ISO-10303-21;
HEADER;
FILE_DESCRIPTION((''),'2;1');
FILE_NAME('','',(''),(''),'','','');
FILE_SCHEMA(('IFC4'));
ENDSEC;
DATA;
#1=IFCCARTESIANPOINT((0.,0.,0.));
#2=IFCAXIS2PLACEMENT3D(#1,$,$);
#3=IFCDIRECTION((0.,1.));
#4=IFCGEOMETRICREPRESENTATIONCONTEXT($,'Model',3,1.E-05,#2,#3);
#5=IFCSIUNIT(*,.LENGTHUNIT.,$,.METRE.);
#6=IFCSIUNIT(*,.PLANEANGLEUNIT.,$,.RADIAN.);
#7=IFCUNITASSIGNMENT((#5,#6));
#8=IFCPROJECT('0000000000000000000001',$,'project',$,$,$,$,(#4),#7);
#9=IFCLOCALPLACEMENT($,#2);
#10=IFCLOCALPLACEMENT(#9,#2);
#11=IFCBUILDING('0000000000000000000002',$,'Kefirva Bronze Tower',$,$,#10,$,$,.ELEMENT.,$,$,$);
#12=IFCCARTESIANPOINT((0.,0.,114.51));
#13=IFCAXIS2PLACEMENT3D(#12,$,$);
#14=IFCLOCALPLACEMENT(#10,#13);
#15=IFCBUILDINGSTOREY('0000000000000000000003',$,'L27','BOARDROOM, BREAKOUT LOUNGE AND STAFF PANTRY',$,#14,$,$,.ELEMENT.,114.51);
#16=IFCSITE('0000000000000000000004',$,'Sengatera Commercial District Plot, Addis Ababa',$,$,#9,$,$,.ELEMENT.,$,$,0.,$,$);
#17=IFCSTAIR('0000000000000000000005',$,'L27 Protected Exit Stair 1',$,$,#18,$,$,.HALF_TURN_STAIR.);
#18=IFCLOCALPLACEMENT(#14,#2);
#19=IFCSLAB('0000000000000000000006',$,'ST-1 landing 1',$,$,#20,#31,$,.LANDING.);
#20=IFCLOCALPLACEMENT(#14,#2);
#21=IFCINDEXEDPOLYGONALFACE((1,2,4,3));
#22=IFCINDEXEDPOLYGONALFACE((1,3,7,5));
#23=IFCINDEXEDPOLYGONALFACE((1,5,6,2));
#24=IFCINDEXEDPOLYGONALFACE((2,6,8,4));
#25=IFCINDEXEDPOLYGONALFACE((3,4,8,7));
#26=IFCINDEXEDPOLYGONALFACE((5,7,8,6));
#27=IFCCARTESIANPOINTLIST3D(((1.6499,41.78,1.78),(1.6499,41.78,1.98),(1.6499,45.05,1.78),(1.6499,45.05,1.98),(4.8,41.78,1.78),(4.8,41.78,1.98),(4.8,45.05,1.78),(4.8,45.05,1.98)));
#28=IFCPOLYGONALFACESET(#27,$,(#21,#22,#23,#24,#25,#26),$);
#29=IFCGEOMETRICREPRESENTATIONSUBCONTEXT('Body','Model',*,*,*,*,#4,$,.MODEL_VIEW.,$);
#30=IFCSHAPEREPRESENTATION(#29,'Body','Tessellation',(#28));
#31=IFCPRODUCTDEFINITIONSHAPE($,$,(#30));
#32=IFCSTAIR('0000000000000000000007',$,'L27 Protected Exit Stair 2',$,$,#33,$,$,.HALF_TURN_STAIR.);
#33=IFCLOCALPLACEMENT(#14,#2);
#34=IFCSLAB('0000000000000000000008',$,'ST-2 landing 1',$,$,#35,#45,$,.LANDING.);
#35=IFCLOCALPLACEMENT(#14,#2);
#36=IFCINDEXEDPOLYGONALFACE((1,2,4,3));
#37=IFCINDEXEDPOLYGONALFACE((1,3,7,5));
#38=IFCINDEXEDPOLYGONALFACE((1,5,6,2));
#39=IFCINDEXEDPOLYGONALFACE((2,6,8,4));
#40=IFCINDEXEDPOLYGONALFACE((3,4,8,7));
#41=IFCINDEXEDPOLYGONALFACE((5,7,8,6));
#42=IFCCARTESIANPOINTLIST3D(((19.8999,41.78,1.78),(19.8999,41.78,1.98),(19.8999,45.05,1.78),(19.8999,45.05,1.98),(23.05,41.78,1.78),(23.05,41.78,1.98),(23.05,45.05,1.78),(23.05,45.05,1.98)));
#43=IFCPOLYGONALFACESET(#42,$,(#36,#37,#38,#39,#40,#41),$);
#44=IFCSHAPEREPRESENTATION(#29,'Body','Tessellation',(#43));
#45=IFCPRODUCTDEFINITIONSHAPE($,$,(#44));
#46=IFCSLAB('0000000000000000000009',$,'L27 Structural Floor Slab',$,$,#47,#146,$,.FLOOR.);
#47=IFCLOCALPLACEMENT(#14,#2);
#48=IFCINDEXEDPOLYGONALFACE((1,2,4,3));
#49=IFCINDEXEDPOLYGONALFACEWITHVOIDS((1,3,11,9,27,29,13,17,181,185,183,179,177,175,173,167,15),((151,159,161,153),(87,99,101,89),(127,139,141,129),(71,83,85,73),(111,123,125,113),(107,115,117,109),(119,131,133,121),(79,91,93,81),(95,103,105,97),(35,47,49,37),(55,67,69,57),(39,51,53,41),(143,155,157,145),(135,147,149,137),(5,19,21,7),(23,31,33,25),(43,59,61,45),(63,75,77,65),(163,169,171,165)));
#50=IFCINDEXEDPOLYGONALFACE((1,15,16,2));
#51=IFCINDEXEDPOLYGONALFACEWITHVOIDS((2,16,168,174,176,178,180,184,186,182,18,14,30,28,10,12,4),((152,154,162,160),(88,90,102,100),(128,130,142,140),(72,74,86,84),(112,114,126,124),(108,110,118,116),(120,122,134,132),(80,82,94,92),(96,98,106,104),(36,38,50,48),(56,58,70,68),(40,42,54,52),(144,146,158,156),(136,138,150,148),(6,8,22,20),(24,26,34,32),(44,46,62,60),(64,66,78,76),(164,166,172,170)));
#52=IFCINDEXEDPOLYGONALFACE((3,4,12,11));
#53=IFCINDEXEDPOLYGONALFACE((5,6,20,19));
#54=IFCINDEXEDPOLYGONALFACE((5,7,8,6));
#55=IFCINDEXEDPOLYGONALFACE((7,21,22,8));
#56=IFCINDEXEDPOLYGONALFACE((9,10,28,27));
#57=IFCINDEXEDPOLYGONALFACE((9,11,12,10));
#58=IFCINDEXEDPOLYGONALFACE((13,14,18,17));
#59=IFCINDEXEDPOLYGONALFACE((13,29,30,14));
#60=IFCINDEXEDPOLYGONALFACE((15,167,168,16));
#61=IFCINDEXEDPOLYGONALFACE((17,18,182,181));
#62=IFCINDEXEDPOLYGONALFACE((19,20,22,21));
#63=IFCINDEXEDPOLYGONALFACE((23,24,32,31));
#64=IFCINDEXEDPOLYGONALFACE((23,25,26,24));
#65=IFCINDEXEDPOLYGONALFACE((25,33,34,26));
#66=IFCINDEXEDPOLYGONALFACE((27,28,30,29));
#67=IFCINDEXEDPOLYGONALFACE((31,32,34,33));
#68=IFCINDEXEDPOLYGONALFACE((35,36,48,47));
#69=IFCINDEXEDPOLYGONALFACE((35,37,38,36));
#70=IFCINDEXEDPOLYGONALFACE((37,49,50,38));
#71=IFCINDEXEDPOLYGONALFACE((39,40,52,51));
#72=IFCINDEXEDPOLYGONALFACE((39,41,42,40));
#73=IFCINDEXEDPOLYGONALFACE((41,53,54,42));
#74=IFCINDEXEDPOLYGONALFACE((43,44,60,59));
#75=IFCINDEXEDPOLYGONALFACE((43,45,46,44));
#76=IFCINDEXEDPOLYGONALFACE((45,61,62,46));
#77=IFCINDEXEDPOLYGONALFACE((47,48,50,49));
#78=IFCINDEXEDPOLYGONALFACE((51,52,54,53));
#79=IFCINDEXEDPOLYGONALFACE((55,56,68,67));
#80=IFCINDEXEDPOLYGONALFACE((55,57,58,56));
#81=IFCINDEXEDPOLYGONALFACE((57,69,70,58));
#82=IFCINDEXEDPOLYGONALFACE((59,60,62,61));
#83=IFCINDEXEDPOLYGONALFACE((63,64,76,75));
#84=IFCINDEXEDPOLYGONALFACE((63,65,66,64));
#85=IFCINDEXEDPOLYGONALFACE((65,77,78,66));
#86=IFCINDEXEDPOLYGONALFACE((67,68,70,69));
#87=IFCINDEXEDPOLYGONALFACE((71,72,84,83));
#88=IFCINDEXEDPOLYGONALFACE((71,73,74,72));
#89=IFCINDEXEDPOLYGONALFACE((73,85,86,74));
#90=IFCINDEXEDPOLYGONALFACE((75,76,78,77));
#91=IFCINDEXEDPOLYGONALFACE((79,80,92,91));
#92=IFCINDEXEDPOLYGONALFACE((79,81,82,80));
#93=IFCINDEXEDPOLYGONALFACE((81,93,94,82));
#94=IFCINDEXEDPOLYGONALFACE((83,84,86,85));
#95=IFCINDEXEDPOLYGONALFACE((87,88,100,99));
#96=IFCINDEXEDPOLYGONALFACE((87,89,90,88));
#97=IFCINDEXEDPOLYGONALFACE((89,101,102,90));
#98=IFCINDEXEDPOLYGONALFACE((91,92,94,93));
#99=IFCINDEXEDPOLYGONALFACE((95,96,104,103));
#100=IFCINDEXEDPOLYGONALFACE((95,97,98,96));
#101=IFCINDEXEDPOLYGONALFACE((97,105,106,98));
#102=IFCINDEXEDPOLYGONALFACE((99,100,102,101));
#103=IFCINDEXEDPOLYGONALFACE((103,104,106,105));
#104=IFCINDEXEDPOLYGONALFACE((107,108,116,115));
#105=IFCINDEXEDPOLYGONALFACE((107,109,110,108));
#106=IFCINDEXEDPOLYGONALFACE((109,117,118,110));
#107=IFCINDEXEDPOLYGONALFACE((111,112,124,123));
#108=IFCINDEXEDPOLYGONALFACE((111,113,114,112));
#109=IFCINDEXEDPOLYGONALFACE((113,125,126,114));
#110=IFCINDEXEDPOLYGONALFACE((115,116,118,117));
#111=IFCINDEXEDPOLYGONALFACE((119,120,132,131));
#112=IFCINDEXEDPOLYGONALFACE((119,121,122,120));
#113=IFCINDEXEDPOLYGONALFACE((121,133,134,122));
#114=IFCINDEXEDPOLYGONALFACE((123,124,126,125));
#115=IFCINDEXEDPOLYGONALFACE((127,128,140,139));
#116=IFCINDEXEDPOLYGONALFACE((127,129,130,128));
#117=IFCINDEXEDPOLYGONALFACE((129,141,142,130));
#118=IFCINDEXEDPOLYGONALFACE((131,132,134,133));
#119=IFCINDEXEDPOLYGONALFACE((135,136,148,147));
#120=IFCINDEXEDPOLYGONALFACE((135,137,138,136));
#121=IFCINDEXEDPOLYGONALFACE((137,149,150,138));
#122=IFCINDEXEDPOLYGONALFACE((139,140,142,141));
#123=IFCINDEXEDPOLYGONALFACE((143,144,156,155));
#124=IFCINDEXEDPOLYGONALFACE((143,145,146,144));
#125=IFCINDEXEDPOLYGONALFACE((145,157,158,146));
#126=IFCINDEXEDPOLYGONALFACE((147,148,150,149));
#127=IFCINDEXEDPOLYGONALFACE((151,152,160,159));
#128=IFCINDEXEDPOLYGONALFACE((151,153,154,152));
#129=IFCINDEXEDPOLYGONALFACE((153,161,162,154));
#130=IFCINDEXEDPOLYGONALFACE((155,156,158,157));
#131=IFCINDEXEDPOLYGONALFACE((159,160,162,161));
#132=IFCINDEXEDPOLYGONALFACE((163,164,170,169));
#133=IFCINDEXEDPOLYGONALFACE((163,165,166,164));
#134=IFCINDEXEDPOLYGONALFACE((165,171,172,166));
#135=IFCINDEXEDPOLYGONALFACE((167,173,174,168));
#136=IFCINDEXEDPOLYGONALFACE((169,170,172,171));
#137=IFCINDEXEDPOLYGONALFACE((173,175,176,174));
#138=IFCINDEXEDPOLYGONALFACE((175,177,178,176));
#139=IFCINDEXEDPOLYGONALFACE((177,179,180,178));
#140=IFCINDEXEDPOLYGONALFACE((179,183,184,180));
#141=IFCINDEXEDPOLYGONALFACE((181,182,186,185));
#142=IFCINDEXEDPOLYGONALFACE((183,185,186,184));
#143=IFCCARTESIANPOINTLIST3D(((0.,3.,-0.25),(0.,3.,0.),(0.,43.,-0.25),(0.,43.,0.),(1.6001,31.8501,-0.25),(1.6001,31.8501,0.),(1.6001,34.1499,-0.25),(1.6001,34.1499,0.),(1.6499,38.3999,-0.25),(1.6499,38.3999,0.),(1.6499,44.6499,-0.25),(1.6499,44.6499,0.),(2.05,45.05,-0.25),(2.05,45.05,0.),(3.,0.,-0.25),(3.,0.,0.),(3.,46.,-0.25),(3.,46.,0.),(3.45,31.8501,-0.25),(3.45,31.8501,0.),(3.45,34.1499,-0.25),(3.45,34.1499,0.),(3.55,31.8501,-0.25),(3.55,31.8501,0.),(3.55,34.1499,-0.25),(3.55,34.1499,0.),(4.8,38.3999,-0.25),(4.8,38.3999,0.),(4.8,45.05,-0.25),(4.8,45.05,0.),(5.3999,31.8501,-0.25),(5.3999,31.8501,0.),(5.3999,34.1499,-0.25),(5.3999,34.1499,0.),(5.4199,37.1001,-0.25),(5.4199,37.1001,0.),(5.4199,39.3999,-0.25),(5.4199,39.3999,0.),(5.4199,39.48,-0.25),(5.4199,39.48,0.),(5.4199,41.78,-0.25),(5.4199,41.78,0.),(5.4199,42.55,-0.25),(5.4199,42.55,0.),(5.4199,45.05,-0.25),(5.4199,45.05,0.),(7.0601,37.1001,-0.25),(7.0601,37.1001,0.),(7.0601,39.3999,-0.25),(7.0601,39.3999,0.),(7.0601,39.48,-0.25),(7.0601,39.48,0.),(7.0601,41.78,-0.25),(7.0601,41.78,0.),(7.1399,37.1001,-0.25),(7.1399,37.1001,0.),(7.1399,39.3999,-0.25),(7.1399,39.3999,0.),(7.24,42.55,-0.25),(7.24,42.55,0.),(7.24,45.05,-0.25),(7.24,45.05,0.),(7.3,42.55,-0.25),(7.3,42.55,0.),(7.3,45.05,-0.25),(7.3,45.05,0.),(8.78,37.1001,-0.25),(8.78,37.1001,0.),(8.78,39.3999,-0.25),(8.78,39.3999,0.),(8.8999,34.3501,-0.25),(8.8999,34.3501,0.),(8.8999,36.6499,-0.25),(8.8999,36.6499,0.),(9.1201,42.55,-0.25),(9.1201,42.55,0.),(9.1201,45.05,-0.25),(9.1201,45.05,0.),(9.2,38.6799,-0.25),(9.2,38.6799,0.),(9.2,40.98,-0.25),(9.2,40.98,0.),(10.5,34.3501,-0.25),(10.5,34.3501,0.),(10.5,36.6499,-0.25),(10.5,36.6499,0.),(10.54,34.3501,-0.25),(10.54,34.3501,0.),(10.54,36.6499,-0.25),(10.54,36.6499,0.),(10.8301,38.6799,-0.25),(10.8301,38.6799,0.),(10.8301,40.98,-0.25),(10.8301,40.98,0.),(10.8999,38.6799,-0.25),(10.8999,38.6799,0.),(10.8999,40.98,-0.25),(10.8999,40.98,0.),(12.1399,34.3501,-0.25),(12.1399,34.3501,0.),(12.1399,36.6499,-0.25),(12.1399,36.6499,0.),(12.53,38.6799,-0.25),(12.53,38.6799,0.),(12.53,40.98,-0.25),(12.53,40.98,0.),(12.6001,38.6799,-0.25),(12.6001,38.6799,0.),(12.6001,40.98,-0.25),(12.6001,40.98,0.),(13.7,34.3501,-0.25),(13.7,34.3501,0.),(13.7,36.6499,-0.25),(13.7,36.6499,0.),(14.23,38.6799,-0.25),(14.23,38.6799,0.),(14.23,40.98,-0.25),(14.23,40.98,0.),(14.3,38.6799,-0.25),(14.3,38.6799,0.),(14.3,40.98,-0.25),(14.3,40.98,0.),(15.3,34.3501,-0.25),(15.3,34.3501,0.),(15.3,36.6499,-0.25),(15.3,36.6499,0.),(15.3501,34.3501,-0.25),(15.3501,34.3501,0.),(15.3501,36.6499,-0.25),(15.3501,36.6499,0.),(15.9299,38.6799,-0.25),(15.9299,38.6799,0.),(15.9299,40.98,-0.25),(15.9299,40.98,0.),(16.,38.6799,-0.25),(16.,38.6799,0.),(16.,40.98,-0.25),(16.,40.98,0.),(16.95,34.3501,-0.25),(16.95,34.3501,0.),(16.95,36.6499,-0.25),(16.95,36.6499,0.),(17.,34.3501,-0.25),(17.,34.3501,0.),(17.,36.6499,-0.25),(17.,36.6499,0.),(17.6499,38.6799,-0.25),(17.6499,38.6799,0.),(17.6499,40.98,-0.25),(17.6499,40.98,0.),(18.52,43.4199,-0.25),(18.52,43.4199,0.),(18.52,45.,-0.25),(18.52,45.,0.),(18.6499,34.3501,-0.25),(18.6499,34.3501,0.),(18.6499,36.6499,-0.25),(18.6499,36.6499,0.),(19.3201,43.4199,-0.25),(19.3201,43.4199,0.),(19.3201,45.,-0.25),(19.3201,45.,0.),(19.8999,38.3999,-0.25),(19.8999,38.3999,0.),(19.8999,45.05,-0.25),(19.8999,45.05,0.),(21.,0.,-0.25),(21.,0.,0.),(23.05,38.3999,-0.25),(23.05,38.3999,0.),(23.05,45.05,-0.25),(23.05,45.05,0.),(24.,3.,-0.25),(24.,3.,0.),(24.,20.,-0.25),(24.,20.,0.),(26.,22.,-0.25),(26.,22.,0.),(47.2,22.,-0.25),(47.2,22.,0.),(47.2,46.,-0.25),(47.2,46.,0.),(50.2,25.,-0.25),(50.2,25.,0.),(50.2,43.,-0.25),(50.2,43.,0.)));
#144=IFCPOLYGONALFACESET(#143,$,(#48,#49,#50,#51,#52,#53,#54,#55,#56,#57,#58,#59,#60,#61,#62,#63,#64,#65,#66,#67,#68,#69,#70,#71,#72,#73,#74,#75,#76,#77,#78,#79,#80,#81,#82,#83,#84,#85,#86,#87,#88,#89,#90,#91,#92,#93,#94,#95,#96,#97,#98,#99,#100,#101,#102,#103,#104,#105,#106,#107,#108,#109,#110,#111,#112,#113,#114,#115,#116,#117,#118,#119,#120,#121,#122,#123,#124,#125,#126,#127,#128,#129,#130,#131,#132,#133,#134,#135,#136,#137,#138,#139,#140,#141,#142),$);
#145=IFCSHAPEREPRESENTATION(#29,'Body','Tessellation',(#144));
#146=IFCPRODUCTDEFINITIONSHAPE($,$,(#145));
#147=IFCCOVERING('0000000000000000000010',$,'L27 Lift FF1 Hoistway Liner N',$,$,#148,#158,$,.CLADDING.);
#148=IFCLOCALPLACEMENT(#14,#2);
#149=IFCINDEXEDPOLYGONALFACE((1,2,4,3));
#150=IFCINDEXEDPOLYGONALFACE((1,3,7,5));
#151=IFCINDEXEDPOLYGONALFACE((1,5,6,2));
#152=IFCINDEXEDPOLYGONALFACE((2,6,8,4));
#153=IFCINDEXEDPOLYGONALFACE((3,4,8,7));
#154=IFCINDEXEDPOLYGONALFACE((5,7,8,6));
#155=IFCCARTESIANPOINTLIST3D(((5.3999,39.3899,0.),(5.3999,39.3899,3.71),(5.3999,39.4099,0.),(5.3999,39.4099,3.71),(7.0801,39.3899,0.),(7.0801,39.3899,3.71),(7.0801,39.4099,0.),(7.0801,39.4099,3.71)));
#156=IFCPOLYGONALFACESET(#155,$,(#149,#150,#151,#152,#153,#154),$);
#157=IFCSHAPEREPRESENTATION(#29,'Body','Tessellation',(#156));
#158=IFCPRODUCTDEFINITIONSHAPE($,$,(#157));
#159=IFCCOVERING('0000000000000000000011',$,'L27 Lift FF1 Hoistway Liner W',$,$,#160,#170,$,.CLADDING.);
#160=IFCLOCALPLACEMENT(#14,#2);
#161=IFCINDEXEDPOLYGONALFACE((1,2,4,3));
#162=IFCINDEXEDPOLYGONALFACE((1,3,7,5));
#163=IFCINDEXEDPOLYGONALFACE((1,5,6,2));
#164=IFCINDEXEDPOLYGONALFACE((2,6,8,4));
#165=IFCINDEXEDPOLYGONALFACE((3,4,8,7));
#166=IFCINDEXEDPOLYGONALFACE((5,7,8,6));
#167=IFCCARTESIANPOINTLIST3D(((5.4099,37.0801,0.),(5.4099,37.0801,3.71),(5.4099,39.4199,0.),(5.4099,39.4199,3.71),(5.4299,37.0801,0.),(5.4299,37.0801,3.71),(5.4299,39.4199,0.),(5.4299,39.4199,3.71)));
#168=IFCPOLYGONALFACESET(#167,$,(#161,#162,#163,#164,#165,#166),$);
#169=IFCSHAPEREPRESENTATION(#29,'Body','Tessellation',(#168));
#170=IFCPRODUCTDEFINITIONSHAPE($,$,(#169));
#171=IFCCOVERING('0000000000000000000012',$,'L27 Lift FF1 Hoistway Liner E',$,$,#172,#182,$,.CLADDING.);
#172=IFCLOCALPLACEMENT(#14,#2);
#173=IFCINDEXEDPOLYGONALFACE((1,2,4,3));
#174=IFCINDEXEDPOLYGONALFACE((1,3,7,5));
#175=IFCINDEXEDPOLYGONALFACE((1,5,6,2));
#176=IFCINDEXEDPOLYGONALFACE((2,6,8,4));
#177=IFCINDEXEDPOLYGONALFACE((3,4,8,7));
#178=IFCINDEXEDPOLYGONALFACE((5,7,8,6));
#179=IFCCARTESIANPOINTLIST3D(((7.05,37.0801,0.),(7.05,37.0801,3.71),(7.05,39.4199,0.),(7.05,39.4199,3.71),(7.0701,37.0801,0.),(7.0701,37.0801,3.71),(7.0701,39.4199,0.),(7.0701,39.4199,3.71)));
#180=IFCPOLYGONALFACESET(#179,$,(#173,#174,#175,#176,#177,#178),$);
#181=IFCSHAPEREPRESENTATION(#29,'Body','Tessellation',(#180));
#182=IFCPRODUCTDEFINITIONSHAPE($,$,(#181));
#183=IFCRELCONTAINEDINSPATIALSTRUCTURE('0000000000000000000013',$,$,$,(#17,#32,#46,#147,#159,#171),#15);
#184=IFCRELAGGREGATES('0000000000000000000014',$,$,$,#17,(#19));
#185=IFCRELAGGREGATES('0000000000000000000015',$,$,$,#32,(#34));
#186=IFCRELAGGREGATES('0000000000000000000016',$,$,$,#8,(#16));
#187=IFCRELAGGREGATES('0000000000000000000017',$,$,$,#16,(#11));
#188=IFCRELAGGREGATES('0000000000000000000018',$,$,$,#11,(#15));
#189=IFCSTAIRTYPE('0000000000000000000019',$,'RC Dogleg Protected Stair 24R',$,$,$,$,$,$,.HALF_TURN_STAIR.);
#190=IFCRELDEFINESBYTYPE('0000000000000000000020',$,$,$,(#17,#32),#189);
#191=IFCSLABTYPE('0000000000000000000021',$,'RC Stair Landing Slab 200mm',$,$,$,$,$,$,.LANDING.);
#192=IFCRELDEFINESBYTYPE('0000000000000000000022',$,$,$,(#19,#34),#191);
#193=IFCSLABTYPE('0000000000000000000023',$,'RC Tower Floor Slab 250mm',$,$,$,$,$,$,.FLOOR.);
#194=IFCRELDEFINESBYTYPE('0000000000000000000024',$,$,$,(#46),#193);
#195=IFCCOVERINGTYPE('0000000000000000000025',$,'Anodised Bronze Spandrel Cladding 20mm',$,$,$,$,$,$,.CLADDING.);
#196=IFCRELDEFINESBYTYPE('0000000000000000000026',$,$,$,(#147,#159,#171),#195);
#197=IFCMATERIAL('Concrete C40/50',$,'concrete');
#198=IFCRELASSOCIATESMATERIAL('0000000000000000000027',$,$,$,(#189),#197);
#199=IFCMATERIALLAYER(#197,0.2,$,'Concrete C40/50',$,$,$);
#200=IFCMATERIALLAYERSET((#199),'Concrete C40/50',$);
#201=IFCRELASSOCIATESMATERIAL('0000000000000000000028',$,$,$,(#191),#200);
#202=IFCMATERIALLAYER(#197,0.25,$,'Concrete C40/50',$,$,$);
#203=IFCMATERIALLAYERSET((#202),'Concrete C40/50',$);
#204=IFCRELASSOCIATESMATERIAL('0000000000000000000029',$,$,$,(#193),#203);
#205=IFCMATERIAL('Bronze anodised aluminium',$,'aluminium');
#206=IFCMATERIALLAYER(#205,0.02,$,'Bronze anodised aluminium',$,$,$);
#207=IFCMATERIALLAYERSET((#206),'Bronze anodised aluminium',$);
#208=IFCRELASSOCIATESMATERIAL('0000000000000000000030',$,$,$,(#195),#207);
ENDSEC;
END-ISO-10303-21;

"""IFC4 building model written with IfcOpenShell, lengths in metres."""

from ifc_helpers import new_model, si_unit, direction, frame, origin, place, context, subcontext, project, spatial, polyline, outline, extrude, material, layer, layer_set, type_object, element, aggregate, save


model = new_model("IFC4")

# Units and contexts
model_context = context("Model", 3, precision=1e-05, world=origin(), true_north=direction((0.0, 1.0)))
body_context = subcontext(model_context, "Body", "Model", "MODEL_VIEW")
ifc_project = project(units=[si_unit("LENGTHUNIT", "METRE"), si_unit("PLANEANGLEUNIT", "RADIAN")], contexts=[model_context])

# Site, building, storey
site_placement = place(None, origin())
site = spatial("IfcSite", under=ifc_project, at=site_placement, Name="Sengatera Commercial District Plot, Addis Ababa", CompositionType="ELEMENT", RefElevation=0.0)
building_placement = place(site_placement, origin())
building = spatial("IfcBuilding", under=site, at=building_placement, Name="Kefirva Bronze Tower", CompositionType="ELEMENT")
storey_placement = place(building_placement, frame((0.0, 0.0, 114.51)))
storey = spatial("IfcBuildingStorey", under=building, at=storey_placement, Name="L27", Description="BOARDROOM, BREAKOUT LOUNGE AND STAFF PANTRY", CompositionType="ELEMENT", Elevation=114.51)

# Stairs, slabs
ifc_material_1 = material(Name="Concrete C40/50", Category="concrete")
stair_type = type_object("IfcStairType", Name="RC Dogleg Protected Stair 24R", PredefinedType="HALF_TURN_STAIR", material=ifc_material_1)
stair_1_placement = place(storey_placement, origin())
stair_1 = element("IfcStair", 1, at=stair_1_placement, inside=storey, type_object=stair_type, Name="L27 Protected Exit Stair 1", PredefinedType="HALF_TURN_STAIR")
ifc_layer_1 = layer(ifc_material_1, 0.2, Name="Concrete C40/50")
ifc_layer_set_1 = layer_set([ifc_layer_1], Name="Concrete C40/50")
slab_type_1 = type_object("IfcSlabType", Name="RC Stair Landing Slab 200mm", PredefinedType="LANDING", material=ifc_layer_set_1)
slab_1_placement = place(storey_placement, frame((0.0, 0.0, 1.78)))
slab_1 = element("IfcSlab", 2, at=slab_1_placement, type_object=slab_type_1, Name="ST-1 landing 1", PredefinedType="LANDING", context=body_context, shape_type="SweptSolid", body=[
    extrude(outline(polyline([(4.8, 41.78), (4.8, 45.05), (1.6499, 45.05), (1.6499, 41.78), (4.8, 41.78)])), origin(), (0.0, 0.0, 1.0), 0.2),
])
aggregate(stair_1, [slab_1])
stair_2_placement = place(storey_placement, origin())
stair_2 = element("IfcStair", 3, at=stair_2_placement, inside=storey, type_object=stair_type, Name="L27 Protected Exit Stair 2", PredefinedType="HALF_TURN_STAIR")
slab_2_placement = place(storey_placement, frame((0.0, 0.0, 1.78)))
slab_2 = element("IfcSlab", 4, at=slab_2_placement, type_object=slab_type_1, Name="ST-2 landing 1", PredefinedType="LANDING", context=body_context, shape_type="SweptSolid", body=[
    extrude(outline(polyline([(23.05, 41.78), (23.05, 45.05), (19.8999, 45.05), (19.8999, 41.78), (23.05, 41.78)])), origin(), (0.0, 0.0, 1.0), 0.2),
])
aggregate(stair_2, [slab_2])

# Slab
ifc_layer_2 = layer(ifc_material_1, 0.25, Name="Concrete C40/50")
ifc_layer_set_2 = layer_set([ifc_layer_2], Name="Concrete C40/50")
slab_type_2 = type_object("IfcSlabType", Name="RC Tower Floor Slab 250mm", PredefinedType="FLOOR", material=ifc_layer_set_2)
slab_3_placement = place(storey_placement, frame((0.0, 0.0, -0.25)))
element("IfcSlab", 5, at=slab_3_placement, inside=storey, type_object=slab_type_2, Name="L27 Structural Floor Slab", PredefinedType="FLOOR", context=body_context, shape_type="SweptSolid", body=[
    extrude(outline(polyline([(0.0, 3.0), (0.0, 43.0), (1.6499, 44.6499), (1.6499, 38.3999), (4.8, 38.3999), (4.8, 45.05), (2.05, 45.05), (3.0, 46.0), (47.2, 46.0), (50.2, 43.0), (50.2, 25.0), (47.2, 22.0), (26.0, 22.0), (24.0, 20.0), (24.0, 3.0), (21.0, 0.0), (3.0, 0.0), (0.0, 3.0)]), holes=[polyline([(19.8999, 38.3999), (23.05, 38.3999), (23.05, 45.05), (19.8999, 45.05), (19.8999, 38.3999)]), polyline([(18.52, 43.4199), (19.3201, 43.4199), (19.3201, 45.0), (18.52, 45.0), (18.52, 43.4199)]), polyline([(17.0, 34.3501), (18.6499, 34.3501), (18.6499, 36.6499), (17.0, 36.6499), (17.0, 34.3501)]), polyline([(17.6499, 38.6799), (17.6499, 40.98), (16.0, 40.98), (16.0, 38.6799), (17.6499, 38.6799)]), polyline([(16.95, 34.3501), (16.95, 36.6499), (15.3501, 36.6499), (15.3501, 34.3501), (16.95, 34.3501)]), polyline([(15.9299, 38.6799), (15.9299, 40.98), (14.3, 40.98), (14.3, 38.6799), (15.9299, 38.6799)]), polyline([(15.3, 34.3501), (15.3, 36.6499), (13.7, 36.6499), (13.7, 34.3501), (15.3, 34.3501)]), polyline([(14.23, 38.6799), (14.23, 40.98), (12.6001, 40.98), (12.6001, 38.6799), (14.23, 38.6799)]), polyline([(10.8999, 38.6799), (12.53, 38.6799), (12.53, 40.98), (10.8999, 40.98), (10.8999, 38.6799)]), polyline([(12.1399, 34.3501), (12.1399, 36.6499), (10.54, 36.6499), (10.54, 34.3501), (12.1399, 34.3501)]), polyline([(10.8301, 38.6799), (10.8301, 40.98), (9.2, 40.98), (9.2, 38.6799), (10.8301, 38.6799)]), polyline([(10.5, 34.3501), (10.5, 36.6499), (8.8999, 36.6499), (8.8999, 34.3501), (10.5, 34.3501)]), polyline([(7.3, 42.55), (9.1201, 42.55), (9.1201, 45.05), (7.3, 45.05), (7.3, 42.55)]), polyline([(7.1399, 37.1001), (8.78, 37.1001), (8.78, 39.3999), (7.1399, 39.3999), (7.1399, 37.1001)]), polyline([(5.4199, 42.55), (7.24, 42.55), (7.24, 45.05), (5.4199, 45.05), (5.4199, 42.55)]), polyline([(7.0601, 39.48), (7.0601, 41.78), (5.4199, 41.78), (5.4199, 39.48), (7.0601, 39.48)]), polyline([(5.4199, 37.1001), (7.0601, 37.1001), (7.0601, 39.3999), (5.4199, 39.3999), (5.4199, 37.1001)]), polyline([(5.3999, 31.8501), (5.3999, 34.1499), (3.55, 34.1499), (3.55, 31.8501), (5.3999, 31.8501)]), polyline([(3.45, 31.8501), (3.45, 34.1499), (1.6001, 34.1499), (1.6001, 31.8501), (3.45, 31.8501)])]), origin(), (0.0, 0.0, 1.0), 0.25),
])

# Coverings
ifc_material_2 = material(Name="Bronze anodised aluminium", Category="aluminium")
ifc_layer_3 = layer(ifc_material_2, 0.02, Name="Bronze anodised aluminium")
ifc_layer_set_3 = layer_set([ifc_layer_3], Name="Bronze anodised aluminium")
covering_type = type_object("IfcCoveringType", Name="Anodised Bronze Spandrel Cladding 20mm", PredefinedType="CLADDING", material=ifc_layer_set_3)
covering_1_placement = place(storey_placement, origin())
element("IfcCovering", 6, at=covering_1_placement, inside=storey, type_object=covering_type, Name="L27 Lift FF1 Hoistway Liner N", PredefinedType="CLADDING", context=body_context, shape_type="SweptSolid", body=[
    extrude(outline(polyline([(5.3999, 39.3899), (7.0801, 39.3899), (7.0801, 39.4099), (5.3999, 39.4099), (5.3999, 39.3899)])), origin(), (0.0, 0.0, 1.0), 3.71),
])
covering_2_placement = place(storey_placement, origin())
element("IfcCovering", 7, at=covering_2_placement, inside=storey, type_object=covering_type, Name="L27 Lift FF1 Hoistway Liner W", PredefinedType="CLADDING", context=body_context, shape_type="SweptSolid", body=[
    extrude(outline(polyline([(5.4099, 37.0801), (5.4299, 37.0801), (5.4299, 39.4199), (5.4099, 39.4199), (5.4099, 37.0801)])), origin(), (0.0, 0.0, 1.0), 3.71),
])
covering_3_placement = place(storey_placement, origin())
element("IfcCovering", 8, at=covering_3_placement, inside=storey, type_object=covering_type, Name="L27 Lift FF1 Hoistway Liner E", PredefinedType="CLADDING", context=body_context, shape_type="SweptSolid", body=[
    extrude(outline(polyline([(7.05, 37.0801), (7.0701, 37.0801), (7.0701, 39.4199), (7.05, 39.4199), (7.05, 37.0801)])), origin(), (0.0, 0.0, 1.0), 3.71),
])

save(model, "model.ifc")
